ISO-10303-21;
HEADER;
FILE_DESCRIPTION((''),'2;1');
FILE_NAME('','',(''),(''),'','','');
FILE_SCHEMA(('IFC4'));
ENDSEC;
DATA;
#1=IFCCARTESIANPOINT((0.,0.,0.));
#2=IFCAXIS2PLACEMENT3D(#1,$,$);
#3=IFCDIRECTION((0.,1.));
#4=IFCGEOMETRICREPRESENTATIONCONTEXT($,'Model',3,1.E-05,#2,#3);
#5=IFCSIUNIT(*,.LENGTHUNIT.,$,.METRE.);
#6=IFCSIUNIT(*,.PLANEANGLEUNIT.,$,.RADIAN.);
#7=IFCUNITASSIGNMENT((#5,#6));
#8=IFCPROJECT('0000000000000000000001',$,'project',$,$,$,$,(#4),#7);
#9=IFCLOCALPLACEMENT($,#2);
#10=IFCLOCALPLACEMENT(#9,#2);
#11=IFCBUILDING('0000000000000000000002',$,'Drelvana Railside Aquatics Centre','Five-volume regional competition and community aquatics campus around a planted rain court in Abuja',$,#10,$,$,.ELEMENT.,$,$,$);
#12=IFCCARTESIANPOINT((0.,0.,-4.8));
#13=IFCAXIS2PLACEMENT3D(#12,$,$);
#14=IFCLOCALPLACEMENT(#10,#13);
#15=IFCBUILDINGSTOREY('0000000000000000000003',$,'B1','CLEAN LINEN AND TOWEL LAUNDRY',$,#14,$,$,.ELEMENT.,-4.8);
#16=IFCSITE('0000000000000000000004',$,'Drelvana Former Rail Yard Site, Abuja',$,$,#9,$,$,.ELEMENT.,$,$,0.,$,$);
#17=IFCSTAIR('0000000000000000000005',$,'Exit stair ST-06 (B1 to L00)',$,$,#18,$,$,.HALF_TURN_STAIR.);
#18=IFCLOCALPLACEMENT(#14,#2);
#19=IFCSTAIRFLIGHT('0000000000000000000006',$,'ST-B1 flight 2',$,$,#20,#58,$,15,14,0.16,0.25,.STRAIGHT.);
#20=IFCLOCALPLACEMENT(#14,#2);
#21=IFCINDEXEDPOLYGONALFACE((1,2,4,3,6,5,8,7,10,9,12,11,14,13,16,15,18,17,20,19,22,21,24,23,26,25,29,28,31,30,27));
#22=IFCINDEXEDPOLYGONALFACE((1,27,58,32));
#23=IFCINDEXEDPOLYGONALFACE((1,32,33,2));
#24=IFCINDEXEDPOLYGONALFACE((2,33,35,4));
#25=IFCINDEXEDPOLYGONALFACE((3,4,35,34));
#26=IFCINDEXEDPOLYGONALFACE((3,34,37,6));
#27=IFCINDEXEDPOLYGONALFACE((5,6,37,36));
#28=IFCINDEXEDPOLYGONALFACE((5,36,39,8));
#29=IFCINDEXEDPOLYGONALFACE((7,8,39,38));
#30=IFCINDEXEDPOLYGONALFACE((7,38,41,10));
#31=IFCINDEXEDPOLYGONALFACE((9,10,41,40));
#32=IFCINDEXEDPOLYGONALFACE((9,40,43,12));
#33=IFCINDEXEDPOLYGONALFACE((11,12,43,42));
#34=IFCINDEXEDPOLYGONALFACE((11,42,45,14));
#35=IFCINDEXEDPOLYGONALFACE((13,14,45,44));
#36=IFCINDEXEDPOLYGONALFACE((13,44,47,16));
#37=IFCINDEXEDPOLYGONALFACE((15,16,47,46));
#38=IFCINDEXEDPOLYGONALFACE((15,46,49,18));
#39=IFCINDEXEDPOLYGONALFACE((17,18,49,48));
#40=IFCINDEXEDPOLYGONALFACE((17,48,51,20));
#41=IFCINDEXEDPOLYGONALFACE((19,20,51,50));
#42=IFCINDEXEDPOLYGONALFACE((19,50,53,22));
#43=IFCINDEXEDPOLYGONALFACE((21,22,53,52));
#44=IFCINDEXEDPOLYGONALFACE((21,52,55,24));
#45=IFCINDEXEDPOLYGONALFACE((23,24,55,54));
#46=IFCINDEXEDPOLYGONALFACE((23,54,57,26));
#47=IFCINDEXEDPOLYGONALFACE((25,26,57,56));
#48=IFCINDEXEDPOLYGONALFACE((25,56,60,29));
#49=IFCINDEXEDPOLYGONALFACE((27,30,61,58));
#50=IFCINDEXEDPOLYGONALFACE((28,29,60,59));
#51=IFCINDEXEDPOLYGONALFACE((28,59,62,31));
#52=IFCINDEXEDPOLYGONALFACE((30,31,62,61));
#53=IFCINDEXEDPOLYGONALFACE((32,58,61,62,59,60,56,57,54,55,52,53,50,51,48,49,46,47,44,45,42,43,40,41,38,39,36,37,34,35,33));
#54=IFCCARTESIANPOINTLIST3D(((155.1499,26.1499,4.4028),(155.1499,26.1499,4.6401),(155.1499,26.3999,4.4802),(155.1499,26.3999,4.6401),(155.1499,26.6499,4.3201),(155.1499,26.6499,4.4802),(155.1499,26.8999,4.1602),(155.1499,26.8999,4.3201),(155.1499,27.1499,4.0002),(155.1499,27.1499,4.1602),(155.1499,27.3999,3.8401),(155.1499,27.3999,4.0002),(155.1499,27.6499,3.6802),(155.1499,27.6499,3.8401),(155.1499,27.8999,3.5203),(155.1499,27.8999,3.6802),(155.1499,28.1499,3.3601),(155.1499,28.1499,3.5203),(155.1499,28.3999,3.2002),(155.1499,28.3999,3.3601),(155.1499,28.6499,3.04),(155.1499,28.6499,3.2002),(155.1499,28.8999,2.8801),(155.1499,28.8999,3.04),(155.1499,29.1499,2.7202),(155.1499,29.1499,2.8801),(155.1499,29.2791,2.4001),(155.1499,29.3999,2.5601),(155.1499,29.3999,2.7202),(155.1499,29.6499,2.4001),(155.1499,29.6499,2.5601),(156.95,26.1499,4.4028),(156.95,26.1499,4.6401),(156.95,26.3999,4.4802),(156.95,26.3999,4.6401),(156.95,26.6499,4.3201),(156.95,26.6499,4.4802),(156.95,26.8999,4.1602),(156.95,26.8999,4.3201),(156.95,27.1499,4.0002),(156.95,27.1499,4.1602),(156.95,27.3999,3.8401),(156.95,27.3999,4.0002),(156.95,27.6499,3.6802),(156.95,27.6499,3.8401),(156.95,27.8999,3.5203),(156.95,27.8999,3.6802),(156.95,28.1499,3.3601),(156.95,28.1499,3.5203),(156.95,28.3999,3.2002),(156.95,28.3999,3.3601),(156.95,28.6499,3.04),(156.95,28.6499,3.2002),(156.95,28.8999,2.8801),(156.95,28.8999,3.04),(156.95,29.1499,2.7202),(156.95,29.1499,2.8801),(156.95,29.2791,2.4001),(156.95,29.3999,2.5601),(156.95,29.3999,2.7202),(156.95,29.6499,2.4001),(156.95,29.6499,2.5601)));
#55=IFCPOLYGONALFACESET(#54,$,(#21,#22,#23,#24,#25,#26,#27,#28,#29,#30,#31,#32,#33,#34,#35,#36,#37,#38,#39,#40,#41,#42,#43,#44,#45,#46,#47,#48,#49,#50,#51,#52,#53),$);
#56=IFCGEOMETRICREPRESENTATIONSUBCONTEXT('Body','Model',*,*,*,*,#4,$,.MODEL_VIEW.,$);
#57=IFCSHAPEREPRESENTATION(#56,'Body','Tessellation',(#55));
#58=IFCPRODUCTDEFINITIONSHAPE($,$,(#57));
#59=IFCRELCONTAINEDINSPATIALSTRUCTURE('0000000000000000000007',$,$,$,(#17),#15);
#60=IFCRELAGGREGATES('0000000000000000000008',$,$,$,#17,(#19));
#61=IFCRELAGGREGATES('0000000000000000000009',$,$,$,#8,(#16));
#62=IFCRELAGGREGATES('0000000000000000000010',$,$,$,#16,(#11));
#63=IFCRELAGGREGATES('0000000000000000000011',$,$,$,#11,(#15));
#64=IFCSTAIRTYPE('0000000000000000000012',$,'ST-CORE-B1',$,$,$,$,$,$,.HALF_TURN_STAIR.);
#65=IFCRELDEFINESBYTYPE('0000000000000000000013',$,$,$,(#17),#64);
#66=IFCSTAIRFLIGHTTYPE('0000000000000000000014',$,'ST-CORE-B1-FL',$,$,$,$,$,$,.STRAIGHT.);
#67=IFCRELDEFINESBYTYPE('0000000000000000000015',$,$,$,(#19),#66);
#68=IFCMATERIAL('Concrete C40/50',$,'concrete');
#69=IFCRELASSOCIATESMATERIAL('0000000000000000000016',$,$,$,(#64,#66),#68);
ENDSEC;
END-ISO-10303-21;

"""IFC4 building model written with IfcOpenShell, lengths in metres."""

from ifc_helpers import new_model, si_unit, direction, frame, origin, place, context, subcontext, project, spatial, polyline, outline, extrude, material, type_object, element, aggregate, save


model = new_model("IFC4")

# Units and contexts
model_context = context("Model", 3, precision=1e-05, world=origin(), true_north=direction((0.0, 1.0)))
body_context = subcontext(model_context, "Body", "Model", "MODEL_VIEW")
ifc_project = project(units=[si_unit("LENGTHUNIT", "METRE"), si_unit("PLANEANGLEUNIT", "RADIAN")], contexts=[model_context])

# Site, building, storey
site_placement = place(None, origin())
site = spatial("IfcSite", under=ifc_project, at=site_placement, Name="Drelvana Former Rail Yard Site, Abuja", CompositionType="ELEMENT", RefElevation=0.0)
building_placement = place(site_placement, origin())
building = spatial("IfcBuilding", under=site, at=building_placement, Name="Drelvana Railside Aquatics Centre", Description="Five-volume regional competition and community aquatics campus around a planted rain court in Abuja", CompositionType="ELEMENT")
storey_placement = place(building_placement, frame((0.0, 0.0, -4.8)))
storey = spatial("IfcBuildingStorey", under=building, at=storey_placement, Name="B1", Description="CLEAN LINEN AND TOWEL LAUNDRY", CompositionType="ELEMENT", Elevation=-4.8)

# Shared definitions
ifc_material_1 = material(Name="Concrete C40/50", Category="concrete")

# Stair, stair flight
stair_type = type_object("IfcStairType", Name="ST-CORE-B1", PredefinedType="HALF_TURN_STAIR", material=ifc_material_1)
stair_placement = place(storey_placement, origin())
stair = element("IfcStair", 1, at=stair_placement, inside=storey, type_object=stair_type, Name="Exit stair ST-06 (B1 to L00)", PredefinedType="HALF_TURN_STAIR")
stair_flight_type = type_object("IfcStairFlightType", Name="ST-CORE-B1-FL", PredefinedType="STRAIGHT", material=ifc_material_1)
stair_flight_placement = place(storey_placement, frame((156.05, 29.6499, 2.4001), z_axis=(0.0, 0.0, 1.0), x_axis=(0.0, -1.0, 0.0)))
stair_flight = element("IfcStairFlight", 2, at=stair_flight_placement, type_object=stair_flight_type, Name="ST-B1 flight 2", NumberOfRisers=15, NumberOfTreads=14, PredefinedType="STRAIGHT", RiserHeight=0.16, TreadLength=0.25, context=body_context, shape_type="SweptSolid", body=[
    extrude(outline(polyline([(0.0, 0.0), (0.0, 0.1599), (0.25, 0.1599), (0.25, 0.3201), (0.5, 0.3201), (0.5, 0.48), (0.75, 0.48), (0.75, 0.6399), (1.0, 0.6399), (1.0, 0.8), (1.25, 0.8), (1.25, 0.96), (1.5, 0.96), (1.5, 1.1201), (1.75, 1.1201), (1.75, 1.28), (2.0, 1.28), (2.0, 1.4399), (2.25, 1.4399), (2.25, 1.6001), (2.5, 1.6001), (2.5, 1.76), (2.75, 1.76), (2.75, 1.9199), (3.0, 1.9199), (3.0, 2.0801), (3.25, 2.0801), (3.25, 2.24), (3.5, 2.24), (3.5, 2.3999), (3.5, 2.0027), (0.3708, 0.0), (0.0, 0.0)])), frame((0.0, 0.8999, 0.0), z_axis=(0.0, -1.0, 0.0), x_axis=(1.0, 0.0, 0.0)), (0.0, 0.0, 1.0), 1.8),
])
aggregate(stair, [stair_flight])

save(model, "model.ifc")
